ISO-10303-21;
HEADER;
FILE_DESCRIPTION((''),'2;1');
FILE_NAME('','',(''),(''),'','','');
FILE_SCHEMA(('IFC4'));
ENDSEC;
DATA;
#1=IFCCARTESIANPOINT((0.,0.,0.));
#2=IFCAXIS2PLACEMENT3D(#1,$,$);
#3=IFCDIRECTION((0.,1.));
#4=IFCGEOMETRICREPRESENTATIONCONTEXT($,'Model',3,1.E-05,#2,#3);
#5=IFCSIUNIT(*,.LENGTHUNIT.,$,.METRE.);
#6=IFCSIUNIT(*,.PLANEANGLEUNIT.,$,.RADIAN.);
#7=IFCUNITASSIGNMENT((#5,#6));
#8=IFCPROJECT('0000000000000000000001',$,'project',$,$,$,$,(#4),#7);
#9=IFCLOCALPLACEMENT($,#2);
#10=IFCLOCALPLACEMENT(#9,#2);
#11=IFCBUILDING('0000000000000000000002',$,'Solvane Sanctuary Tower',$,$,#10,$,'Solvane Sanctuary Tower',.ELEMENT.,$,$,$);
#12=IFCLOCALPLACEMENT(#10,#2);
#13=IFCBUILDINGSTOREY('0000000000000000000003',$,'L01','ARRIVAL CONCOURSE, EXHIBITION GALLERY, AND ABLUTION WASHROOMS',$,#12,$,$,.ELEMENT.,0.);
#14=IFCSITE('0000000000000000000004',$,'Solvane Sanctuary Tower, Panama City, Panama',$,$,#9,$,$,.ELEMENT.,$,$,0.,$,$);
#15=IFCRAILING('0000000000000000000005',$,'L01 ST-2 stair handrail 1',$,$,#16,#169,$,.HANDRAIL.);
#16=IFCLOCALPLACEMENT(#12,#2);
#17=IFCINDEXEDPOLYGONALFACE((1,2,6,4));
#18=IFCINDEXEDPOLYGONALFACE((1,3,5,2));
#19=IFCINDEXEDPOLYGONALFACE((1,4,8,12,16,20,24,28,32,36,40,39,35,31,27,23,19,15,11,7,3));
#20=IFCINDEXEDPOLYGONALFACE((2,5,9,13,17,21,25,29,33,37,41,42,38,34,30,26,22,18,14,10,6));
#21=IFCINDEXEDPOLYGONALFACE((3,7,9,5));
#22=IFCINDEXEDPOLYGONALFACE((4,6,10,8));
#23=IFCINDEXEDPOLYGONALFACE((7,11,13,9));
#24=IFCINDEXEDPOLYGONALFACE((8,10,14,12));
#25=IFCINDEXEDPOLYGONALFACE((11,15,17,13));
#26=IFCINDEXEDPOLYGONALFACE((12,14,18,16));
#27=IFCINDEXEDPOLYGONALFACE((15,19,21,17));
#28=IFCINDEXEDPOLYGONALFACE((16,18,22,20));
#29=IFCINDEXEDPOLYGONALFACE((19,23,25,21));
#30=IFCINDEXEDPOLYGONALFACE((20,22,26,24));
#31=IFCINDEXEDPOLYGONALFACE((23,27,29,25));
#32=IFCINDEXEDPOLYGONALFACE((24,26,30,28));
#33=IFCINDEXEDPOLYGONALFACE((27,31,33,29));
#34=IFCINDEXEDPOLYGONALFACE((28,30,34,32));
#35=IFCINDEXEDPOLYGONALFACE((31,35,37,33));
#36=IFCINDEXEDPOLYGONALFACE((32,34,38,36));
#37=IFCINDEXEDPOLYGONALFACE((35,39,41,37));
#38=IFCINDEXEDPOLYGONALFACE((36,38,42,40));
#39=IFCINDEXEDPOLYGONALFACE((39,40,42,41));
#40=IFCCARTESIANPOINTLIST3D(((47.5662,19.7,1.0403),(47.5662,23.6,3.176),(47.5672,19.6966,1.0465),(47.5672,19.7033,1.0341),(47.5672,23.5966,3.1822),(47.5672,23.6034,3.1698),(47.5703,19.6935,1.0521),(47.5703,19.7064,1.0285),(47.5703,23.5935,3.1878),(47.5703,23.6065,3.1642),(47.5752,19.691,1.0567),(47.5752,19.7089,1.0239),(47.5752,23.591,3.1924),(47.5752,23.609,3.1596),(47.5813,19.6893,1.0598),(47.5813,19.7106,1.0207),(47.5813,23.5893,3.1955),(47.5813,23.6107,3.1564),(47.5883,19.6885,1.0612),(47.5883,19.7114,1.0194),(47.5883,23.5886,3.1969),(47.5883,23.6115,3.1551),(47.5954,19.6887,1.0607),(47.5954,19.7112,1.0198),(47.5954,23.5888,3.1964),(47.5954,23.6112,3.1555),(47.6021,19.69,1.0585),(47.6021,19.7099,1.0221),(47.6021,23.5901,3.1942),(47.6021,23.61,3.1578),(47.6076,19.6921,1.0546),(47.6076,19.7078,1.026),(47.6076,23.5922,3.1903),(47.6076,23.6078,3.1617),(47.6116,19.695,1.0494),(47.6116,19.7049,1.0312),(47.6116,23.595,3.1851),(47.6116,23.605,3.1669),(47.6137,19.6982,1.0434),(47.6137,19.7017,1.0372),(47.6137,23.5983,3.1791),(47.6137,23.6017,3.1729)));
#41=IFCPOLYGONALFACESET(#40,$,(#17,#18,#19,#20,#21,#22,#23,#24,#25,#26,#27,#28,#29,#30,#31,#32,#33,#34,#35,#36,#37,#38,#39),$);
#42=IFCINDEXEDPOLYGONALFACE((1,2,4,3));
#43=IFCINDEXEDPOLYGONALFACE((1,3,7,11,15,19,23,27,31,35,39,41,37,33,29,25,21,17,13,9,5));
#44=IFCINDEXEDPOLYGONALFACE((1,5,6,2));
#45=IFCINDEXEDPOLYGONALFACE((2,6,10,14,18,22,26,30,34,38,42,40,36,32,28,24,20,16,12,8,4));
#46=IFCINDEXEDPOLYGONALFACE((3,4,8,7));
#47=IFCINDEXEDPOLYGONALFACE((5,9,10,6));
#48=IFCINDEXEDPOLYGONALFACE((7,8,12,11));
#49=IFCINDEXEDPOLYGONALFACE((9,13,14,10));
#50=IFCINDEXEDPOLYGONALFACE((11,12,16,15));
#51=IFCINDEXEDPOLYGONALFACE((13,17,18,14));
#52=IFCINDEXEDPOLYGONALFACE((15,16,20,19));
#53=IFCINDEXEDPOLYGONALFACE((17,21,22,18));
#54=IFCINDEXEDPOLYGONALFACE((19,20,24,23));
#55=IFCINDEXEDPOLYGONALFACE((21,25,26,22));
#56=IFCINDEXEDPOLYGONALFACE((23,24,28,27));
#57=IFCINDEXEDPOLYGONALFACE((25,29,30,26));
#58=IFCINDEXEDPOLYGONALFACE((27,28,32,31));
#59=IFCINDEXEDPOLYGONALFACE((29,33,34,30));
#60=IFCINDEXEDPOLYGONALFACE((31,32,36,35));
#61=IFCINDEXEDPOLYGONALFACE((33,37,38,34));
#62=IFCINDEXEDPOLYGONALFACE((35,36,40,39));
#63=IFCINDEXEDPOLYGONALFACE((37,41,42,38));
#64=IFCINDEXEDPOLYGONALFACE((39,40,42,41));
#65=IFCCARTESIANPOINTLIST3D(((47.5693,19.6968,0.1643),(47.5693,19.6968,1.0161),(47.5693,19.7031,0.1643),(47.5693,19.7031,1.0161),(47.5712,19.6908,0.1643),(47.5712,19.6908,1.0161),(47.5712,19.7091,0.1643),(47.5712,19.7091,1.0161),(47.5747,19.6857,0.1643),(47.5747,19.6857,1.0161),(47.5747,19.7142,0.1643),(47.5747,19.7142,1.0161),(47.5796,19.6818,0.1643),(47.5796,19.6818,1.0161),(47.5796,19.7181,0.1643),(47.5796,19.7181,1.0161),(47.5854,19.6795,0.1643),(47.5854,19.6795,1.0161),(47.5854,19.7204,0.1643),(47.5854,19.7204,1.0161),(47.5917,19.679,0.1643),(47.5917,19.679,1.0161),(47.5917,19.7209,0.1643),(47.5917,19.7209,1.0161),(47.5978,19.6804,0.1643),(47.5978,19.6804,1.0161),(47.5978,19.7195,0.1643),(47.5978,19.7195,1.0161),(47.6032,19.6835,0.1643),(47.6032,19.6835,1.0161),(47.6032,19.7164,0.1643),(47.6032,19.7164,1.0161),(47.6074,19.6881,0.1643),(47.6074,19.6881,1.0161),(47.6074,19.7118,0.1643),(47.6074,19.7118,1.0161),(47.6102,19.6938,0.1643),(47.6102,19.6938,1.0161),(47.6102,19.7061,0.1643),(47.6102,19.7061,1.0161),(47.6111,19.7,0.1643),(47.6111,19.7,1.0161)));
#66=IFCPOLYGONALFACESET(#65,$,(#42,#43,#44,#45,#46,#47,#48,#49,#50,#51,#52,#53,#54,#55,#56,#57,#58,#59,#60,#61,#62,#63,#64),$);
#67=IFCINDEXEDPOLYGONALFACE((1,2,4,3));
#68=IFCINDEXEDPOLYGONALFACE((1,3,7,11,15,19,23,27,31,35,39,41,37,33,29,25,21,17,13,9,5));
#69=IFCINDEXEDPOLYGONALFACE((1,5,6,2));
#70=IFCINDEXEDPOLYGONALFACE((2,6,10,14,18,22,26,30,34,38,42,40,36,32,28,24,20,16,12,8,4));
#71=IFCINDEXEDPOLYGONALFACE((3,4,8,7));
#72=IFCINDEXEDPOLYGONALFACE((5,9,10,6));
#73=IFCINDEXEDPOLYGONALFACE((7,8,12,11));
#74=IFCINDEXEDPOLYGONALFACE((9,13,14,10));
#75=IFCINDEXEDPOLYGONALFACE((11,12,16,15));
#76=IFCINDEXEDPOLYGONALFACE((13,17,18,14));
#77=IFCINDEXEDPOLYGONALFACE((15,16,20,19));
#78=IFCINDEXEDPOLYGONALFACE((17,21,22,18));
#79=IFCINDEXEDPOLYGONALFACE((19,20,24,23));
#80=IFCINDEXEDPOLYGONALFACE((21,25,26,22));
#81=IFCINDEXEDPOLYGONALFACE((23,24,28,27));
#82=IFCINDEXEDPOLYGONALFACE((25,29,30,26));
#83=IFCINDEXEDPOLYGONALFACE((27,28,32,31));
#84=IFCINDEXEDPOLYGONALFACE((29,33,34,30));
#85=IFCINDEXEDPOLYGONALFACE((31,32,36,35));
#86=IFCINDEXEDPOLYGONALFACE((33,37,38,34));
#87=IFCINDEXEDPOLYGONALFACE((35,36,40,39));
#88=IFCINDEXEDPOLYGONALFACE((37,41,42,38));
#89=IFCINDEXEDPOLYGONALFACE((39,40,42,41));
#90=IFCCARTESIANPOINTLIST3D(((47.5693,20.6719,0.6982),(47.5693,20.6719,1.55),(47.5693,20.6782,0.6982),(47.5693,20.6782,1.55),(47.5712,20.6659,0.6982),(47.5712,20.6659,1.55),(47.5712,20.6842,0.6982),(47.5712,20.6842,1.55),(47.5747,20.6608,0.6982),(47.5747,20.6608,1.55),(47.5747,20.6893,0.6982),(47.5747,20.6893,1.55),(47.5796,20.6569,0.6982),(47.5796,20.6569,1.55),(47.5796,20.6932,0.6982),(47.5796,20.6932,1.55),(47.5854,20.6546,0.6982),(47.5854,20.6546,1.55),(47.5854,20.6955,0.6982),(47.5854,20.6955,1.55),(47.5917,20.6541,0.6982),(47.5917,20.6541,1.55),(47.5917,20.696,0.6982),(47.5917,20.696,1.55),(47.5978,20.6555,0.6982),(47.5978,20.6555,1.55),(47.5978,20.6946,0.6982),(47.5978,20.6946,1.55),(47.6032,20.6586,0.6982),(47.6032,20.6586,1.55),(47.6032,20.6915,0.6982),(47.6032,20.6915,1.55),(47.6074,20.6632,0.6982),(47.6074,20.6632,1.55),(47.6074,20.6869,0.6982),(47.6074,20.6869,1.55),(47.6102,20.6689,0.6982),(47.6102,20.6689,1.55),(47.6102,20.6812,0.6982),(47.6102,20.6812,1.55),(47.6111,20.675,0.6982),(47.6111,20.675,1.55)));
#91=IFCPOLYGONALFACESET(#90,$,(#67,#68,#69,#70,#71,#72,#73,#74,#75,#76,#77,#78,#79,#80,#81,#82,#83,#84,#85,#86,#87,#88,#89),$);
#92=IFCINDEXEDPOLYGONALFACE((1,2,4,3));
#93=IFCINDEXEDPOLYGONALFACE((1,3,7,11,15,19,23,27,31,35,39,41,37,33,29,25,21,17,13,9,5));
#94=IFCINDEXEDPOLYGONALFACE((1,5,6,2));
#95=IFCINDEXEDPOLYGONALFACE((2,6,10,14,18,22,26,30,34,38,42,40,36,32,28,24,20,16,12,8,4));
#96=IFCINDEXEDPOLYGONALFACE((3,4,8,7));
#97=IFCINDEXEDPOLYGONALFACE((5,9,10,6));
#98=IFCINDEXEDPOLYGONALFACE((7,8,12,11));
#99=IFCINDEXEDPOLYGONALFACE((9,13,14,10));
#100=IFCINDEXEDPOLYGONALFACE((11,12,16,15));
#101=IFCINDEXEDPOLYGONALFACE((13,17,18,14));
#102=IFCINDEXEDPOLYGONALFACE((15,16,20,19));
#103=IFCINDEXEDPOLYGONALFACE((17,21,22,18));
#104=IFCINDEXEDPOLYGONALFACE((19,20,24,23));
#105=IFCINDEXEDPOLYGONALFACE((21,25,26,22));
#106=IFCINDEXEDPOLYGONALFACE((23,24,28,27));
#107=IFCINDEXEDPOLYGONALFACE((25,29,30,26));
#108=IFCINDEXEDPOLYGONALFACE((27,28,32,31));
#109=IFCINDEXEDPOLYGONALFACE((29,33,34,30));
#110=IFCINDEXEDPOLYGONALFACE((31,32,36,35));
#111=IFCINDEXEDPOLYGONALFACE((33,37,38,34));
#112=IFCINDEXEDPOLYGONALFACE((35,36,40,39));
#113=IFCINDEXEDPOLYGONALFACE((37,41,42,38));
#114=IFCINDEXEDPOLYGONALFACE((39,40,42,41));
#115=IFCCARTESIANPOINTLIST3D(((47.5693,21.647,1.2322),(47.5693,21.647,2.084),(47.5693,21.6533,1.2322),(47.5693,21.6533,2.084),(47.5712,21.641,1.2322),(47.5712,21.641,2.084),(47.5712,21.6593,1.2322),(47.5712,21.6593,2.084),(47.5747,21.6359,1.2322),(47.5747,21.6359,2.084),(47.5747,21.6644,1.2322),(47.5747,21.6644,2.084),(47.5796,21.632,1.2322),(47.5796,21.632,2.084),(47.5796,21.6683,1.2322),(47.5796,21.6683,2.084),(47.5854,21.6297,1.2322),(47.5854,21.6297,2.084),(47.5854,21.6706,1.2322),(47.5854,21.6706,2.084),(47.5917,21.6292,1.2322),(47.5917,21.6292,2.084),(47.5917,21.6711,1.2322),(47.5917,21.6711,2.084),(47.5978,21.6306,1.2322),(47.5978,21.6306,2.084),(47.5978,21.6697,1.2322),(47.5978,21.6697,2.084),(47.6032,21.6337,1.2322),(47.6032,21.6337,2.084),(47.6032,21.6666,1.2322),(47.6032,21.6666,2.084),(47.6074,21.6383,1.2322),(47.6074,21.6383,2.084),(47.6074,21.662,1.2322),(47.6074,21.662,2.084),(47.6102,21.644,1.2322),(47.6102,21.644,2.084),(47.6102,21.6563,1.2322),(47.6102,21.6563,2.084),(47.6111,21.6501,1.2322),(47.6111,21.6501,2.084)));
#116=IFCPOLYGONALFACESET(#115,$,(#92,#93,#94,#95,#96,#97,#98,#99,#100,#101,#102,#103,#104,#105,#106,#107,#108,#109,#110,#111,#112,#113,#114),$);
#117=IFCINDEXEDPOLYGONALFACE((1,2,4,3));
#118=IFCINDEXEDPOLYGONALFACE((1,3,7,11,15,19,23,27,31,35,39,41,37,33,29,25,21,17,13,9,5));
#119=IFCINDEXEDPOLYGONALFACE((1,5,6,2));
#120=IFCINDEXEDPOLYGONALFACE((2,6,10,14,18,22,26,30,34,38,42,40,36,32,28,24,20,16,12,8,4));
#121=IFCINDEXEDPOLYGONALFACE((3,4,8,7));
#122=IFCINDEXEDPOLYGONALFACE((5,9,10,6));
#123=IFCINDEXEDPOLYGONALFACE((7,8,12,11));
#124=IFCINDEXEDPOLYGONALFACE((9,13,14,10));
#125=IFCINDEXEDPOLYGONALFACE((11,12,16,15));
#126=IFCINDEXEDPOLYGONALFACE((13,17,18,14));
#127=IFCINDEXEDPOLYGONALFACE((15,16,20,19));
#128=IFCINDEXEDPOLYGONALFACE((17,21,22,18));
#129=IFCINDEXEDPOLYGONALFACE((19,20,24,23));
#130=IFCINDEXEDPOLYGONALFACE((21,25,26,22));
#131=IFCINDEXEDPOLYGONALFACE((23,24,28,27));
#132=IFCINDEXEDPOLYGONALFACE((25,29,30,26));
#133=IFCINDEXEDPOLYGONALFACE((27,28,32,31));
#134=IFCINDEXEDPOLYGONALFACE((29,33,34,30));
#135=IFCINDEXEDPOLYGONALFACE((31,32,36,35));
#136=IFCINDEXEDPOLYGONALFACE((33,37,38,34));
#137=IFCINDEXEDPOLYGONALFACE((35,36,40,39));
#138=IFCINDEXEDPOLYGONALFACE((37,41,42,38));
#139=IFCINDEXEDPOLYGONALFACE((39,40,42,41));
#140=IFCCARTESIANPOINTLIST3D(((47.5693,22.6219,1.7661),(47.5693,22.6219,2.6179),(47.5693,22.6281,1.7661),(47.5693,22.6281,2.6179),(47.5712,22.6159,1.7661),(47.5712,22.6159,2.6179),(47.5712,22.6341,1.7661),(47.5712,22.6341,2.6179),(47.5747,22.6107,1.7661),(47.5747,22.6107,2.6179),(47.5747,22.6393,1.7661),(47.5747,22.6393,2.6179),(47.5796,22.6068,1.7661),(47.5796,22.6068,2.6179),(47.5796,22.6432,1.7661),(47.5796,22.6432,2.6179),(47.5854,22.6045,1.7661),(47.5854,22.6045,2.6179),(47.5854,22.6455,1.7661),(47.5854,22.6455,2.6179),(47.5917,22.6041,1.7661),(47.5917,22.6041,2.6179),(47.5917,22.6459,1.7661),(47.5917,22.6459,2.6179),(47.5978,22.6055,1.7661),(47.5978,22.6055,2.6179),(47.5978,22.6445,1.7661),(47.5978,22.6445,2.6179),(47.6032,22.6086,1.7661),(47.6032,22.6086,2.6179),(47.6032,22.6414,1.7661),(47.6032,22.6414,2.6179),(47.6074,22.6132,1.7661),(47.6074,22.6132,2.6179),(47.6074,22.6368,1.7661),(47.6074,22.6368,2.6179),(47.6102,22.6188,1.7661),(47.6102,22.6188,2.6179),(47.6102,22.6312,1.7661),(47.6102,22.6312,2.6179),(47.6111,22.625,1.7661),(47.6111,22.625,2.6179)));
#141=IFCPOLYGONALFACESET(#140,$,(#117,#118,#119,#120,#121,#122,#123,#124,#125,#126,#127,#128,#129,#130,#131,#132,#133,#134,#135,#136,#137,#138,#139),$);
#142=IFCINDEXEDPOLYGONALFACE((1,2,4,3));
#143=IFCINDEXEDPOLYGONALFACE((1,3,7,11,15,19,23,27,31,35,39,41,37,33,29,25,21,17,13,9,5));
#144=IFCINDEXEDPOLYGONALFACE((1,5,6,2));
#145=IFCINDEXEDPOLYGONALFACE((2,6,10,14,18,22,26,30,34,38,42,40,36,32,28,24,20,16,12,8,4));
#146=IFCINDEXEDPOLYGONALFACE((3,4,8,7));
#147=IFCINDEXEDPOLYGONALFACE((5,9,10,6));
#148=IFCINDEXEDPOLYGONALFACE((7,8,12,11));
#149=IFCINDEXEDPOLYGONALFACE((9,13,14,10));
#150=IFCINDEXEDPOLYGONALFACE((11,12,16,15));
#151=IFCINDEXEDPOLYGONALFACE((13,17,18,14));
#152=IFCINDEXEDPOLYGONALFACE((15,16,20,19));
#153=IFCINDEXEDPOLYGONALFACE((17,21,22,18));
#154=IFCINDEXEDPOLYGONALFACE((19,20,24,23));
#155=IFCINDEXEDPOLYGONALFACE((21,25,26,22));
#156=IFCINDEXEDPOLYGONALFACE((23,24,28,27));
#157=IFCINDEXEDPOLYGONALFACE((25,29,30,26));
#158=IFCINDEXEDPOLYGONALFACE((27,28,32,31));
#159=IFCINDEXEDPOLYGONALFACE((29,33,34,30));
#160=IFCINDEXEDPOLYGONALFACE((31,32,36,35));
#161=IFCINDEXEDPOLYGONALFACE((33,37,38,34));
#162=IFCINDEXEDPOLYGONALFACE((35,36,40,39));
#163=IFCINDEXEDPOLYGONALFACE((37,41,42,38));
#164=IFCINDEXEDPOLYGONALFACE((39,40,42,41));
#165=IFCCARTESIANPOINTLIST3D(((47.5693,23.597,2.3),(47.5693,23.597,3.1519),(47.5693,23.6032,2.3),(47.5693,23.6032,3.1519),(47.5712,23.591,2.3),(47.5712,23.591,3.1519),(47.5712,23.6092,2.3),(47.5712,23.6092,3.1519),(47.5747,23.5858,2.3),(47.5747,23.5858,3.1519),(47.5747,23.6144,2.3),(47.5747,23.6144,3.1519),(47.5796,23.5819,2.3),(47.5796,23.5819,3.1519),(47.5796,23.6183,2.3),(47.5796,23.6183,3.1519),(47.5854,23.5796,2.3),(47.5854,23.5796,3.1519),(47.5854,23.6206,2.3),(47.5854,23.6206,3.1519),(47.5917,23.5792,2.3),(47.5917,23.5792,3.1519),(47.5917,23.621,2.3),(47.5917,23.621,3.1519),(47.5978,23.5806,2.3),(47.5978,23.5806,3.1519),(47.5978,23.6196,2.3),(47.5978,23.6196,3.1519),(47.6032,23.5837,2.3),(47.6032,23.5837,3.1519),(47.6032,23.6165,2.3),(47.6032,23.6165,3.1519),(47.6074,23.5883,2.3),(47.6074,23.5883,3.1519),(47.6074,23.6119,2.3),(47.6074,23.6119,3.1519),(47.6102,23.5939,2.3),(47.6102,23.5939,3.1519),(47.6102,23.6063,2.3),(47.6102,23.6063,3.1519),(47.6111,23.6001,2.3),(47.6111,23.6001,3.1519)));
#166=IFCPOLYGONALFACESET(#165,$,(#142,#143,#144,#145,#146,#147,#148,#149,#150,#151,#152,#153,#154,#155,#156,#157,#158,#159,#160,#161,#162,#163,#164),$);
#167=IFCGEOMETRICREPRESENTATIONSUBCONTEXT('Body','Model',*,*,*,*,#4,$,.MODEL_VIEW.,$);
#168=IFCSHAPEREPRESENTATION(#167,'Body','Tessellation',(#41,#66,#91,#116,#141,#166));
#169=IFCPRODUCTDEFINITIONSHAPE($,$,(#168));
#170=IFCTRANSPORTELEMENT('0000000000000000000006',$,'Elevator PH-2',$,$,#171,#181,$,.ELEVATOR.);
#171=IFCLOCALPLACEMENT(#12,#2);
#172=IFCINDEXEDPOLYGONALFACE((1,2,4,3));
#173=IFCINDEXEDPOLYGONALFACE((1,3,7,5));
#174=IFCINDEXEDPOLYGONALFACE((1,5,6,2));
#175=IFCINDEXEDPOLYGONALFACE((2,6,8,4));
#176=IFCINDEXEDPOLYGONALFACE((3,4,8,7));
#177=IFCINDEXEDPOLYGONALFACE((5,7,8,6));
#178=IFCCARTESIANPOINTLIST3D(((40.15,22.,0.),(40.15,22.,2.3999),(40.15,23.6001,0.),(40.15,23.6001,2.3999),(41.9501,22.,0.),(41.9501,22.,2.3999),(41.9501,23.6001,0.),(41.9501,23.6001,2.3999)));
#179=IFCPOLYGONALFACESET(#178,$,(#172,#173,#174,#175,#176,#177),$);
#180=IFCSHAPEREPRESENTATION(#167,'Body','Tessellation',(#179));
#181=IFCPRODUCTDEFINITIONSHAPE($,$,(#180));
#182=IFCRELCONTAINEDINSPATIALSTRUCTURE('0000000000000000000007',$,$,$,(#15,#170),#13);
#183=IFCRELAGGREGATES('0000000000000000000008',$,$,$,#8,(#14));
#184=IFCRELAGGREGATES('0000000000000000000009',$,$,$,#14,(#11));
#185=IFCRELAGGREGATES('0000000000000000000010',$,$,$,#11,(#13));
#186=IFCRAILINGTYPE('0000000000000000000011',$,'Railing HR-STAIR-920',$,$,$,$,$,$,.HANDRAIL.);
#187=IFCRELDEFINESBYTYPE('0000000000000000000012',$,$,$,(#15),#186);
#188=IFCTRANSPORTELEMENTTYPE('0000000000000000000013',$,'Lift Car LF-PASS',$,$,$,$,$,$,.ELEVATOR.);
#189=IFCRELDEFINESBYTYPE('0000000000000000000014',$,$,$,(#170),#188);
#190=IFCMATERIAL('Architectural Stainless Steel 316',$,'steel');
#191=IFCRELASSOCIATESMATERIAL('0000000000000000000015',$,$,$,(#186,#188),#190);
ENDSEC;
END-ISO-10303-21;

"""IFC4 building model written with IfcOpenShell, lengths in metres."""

from ifc_helpers import new_model, si_unit, direction, frame, origin, origin_2d, place, context, subcontext, project, spatial, rectangle, circle, extrude, material, type_object, element, save


model = new_model("IFC4")

# Units and contexts
model_context = context("Model", 3, precision=1e-05, world=origin(), true_north=direction((0.0, 1.0)))
body_context = subcontext(model_context, "Body", "Model", "MODEL_VIEW")
ifc_project = project(units=[si_unit("LENGTHUNIT", "METRE"), si_unit("PLANEANGLEUNIT", "RADIAN")], contexts=[model_context])

# Site, building, storey
site_placement = place(None, origin())
site = spatial("IfcSite", under=ifc_project, at=site_placement, Name="Solvane Sanctuary Tower, Panama City, Panama", CompositionType="ELEMENT", RefElevation=0.0)
building_placement = place(site_placement, origin())
building = spatial("IfcBuilding", under=site, at=building_placement, Name="Solvane Sanctuary Tower", LongName="Solvane Sanctuary Tower", CompositionType="ELEMENT")
storey_placement = place(building_placement, origin())
storey = spatial("IfcBuildingStorey", under=building, at=storey_placement, Name="L01", Description="ARRIVAL CONCOURSE, EXHIBITION GALLERY, AND ABLUTION WASHROOMS", CompositionType="ELEMENT", Elevation=0.0)

# Shared definitions
ifc_material_1 = material(Name="Architectural Stainless Steel 316", Category="steel")

# Railing
railing_type_1 = type_object("IfcRailingType", Name="Railing HR-STAIR-920", PredefinedType="HANDRAIL", material=ifc_material_1)
railing_1_placement = place(storey_placement, frame((47.5901, 19.7, 0.1643)))
element("IfcRailing", 1, at=railing_1_placement, inside=storey, type_object=railing_type_1, Name="L01 ST-2 stair handrail 1", PredefinedType="HANDRAIL", context=body_context, shape_type="SweptSolid", body=[
    extrude(circle(Radius=0.0239, at=origin_2d()), frame((0.0, 0.0, 0.876), z_axis=(0.0, 0.877101, 0.480306), x_axis=(-1.0, 0.0, 0.0)), (0.0, 0.0, 1.0), 4.4465),
    extrude(circle(Radius=0.021, at=origin_2d()), origin(), (0.0, 0.0, 1.0), 0.8518),
    extrude(circle(Radius=0.021, at=origin_2d()), frame((0.0, 0.9751, 0.5339)), (0.0, 0.0, 1.0), 0.8518),
    extrude(circle(Radius=0.021, at=origin_2d()), frame((0.0, 1.9502, 1.0679)), (0.0, 0.0, 1.0), 0.8518),
    extrude(circle(Radius=0.021, at=origin_2d()), frame((0.0, 2.925, 1.6018)), (0.0, 0.0, 1.0), 0.8518),
    extrude(circle(Radius=0.021, at=origin_2d()), frame((0.0, 3.9001, 2.1357)), (0.0, 0.0, 1.0), 0.8518),
])

# Transport element
transport_element_type = type_object("IfcTransportElementType", Name="Lift Car LF-PASS", PredefinedType="ELEVATOR", material=ifc_material_1)
transport_element_placement = place(storey_placement, frame((41.05, 22.8, 0.0), z_axis=(0.0, 0.0, 1.0), x_axis=(1.0, 0.0, 0.0)))
element("IfcTransportElement", 2, at=transport_element_placement, inside=storey, type_object=transport_element_type, Name="Elevator PH-2", PredefinedType="ELEVATOR", context=body_context, shape_type="SweptSolid", body=[
    extrude(rectangle(XDim=1.8, YDim=1.6001, at=origin_2d()), origin(), (0.0, 0.0, 1.0), 2.3999),
])

save(model, "model.ifc")
